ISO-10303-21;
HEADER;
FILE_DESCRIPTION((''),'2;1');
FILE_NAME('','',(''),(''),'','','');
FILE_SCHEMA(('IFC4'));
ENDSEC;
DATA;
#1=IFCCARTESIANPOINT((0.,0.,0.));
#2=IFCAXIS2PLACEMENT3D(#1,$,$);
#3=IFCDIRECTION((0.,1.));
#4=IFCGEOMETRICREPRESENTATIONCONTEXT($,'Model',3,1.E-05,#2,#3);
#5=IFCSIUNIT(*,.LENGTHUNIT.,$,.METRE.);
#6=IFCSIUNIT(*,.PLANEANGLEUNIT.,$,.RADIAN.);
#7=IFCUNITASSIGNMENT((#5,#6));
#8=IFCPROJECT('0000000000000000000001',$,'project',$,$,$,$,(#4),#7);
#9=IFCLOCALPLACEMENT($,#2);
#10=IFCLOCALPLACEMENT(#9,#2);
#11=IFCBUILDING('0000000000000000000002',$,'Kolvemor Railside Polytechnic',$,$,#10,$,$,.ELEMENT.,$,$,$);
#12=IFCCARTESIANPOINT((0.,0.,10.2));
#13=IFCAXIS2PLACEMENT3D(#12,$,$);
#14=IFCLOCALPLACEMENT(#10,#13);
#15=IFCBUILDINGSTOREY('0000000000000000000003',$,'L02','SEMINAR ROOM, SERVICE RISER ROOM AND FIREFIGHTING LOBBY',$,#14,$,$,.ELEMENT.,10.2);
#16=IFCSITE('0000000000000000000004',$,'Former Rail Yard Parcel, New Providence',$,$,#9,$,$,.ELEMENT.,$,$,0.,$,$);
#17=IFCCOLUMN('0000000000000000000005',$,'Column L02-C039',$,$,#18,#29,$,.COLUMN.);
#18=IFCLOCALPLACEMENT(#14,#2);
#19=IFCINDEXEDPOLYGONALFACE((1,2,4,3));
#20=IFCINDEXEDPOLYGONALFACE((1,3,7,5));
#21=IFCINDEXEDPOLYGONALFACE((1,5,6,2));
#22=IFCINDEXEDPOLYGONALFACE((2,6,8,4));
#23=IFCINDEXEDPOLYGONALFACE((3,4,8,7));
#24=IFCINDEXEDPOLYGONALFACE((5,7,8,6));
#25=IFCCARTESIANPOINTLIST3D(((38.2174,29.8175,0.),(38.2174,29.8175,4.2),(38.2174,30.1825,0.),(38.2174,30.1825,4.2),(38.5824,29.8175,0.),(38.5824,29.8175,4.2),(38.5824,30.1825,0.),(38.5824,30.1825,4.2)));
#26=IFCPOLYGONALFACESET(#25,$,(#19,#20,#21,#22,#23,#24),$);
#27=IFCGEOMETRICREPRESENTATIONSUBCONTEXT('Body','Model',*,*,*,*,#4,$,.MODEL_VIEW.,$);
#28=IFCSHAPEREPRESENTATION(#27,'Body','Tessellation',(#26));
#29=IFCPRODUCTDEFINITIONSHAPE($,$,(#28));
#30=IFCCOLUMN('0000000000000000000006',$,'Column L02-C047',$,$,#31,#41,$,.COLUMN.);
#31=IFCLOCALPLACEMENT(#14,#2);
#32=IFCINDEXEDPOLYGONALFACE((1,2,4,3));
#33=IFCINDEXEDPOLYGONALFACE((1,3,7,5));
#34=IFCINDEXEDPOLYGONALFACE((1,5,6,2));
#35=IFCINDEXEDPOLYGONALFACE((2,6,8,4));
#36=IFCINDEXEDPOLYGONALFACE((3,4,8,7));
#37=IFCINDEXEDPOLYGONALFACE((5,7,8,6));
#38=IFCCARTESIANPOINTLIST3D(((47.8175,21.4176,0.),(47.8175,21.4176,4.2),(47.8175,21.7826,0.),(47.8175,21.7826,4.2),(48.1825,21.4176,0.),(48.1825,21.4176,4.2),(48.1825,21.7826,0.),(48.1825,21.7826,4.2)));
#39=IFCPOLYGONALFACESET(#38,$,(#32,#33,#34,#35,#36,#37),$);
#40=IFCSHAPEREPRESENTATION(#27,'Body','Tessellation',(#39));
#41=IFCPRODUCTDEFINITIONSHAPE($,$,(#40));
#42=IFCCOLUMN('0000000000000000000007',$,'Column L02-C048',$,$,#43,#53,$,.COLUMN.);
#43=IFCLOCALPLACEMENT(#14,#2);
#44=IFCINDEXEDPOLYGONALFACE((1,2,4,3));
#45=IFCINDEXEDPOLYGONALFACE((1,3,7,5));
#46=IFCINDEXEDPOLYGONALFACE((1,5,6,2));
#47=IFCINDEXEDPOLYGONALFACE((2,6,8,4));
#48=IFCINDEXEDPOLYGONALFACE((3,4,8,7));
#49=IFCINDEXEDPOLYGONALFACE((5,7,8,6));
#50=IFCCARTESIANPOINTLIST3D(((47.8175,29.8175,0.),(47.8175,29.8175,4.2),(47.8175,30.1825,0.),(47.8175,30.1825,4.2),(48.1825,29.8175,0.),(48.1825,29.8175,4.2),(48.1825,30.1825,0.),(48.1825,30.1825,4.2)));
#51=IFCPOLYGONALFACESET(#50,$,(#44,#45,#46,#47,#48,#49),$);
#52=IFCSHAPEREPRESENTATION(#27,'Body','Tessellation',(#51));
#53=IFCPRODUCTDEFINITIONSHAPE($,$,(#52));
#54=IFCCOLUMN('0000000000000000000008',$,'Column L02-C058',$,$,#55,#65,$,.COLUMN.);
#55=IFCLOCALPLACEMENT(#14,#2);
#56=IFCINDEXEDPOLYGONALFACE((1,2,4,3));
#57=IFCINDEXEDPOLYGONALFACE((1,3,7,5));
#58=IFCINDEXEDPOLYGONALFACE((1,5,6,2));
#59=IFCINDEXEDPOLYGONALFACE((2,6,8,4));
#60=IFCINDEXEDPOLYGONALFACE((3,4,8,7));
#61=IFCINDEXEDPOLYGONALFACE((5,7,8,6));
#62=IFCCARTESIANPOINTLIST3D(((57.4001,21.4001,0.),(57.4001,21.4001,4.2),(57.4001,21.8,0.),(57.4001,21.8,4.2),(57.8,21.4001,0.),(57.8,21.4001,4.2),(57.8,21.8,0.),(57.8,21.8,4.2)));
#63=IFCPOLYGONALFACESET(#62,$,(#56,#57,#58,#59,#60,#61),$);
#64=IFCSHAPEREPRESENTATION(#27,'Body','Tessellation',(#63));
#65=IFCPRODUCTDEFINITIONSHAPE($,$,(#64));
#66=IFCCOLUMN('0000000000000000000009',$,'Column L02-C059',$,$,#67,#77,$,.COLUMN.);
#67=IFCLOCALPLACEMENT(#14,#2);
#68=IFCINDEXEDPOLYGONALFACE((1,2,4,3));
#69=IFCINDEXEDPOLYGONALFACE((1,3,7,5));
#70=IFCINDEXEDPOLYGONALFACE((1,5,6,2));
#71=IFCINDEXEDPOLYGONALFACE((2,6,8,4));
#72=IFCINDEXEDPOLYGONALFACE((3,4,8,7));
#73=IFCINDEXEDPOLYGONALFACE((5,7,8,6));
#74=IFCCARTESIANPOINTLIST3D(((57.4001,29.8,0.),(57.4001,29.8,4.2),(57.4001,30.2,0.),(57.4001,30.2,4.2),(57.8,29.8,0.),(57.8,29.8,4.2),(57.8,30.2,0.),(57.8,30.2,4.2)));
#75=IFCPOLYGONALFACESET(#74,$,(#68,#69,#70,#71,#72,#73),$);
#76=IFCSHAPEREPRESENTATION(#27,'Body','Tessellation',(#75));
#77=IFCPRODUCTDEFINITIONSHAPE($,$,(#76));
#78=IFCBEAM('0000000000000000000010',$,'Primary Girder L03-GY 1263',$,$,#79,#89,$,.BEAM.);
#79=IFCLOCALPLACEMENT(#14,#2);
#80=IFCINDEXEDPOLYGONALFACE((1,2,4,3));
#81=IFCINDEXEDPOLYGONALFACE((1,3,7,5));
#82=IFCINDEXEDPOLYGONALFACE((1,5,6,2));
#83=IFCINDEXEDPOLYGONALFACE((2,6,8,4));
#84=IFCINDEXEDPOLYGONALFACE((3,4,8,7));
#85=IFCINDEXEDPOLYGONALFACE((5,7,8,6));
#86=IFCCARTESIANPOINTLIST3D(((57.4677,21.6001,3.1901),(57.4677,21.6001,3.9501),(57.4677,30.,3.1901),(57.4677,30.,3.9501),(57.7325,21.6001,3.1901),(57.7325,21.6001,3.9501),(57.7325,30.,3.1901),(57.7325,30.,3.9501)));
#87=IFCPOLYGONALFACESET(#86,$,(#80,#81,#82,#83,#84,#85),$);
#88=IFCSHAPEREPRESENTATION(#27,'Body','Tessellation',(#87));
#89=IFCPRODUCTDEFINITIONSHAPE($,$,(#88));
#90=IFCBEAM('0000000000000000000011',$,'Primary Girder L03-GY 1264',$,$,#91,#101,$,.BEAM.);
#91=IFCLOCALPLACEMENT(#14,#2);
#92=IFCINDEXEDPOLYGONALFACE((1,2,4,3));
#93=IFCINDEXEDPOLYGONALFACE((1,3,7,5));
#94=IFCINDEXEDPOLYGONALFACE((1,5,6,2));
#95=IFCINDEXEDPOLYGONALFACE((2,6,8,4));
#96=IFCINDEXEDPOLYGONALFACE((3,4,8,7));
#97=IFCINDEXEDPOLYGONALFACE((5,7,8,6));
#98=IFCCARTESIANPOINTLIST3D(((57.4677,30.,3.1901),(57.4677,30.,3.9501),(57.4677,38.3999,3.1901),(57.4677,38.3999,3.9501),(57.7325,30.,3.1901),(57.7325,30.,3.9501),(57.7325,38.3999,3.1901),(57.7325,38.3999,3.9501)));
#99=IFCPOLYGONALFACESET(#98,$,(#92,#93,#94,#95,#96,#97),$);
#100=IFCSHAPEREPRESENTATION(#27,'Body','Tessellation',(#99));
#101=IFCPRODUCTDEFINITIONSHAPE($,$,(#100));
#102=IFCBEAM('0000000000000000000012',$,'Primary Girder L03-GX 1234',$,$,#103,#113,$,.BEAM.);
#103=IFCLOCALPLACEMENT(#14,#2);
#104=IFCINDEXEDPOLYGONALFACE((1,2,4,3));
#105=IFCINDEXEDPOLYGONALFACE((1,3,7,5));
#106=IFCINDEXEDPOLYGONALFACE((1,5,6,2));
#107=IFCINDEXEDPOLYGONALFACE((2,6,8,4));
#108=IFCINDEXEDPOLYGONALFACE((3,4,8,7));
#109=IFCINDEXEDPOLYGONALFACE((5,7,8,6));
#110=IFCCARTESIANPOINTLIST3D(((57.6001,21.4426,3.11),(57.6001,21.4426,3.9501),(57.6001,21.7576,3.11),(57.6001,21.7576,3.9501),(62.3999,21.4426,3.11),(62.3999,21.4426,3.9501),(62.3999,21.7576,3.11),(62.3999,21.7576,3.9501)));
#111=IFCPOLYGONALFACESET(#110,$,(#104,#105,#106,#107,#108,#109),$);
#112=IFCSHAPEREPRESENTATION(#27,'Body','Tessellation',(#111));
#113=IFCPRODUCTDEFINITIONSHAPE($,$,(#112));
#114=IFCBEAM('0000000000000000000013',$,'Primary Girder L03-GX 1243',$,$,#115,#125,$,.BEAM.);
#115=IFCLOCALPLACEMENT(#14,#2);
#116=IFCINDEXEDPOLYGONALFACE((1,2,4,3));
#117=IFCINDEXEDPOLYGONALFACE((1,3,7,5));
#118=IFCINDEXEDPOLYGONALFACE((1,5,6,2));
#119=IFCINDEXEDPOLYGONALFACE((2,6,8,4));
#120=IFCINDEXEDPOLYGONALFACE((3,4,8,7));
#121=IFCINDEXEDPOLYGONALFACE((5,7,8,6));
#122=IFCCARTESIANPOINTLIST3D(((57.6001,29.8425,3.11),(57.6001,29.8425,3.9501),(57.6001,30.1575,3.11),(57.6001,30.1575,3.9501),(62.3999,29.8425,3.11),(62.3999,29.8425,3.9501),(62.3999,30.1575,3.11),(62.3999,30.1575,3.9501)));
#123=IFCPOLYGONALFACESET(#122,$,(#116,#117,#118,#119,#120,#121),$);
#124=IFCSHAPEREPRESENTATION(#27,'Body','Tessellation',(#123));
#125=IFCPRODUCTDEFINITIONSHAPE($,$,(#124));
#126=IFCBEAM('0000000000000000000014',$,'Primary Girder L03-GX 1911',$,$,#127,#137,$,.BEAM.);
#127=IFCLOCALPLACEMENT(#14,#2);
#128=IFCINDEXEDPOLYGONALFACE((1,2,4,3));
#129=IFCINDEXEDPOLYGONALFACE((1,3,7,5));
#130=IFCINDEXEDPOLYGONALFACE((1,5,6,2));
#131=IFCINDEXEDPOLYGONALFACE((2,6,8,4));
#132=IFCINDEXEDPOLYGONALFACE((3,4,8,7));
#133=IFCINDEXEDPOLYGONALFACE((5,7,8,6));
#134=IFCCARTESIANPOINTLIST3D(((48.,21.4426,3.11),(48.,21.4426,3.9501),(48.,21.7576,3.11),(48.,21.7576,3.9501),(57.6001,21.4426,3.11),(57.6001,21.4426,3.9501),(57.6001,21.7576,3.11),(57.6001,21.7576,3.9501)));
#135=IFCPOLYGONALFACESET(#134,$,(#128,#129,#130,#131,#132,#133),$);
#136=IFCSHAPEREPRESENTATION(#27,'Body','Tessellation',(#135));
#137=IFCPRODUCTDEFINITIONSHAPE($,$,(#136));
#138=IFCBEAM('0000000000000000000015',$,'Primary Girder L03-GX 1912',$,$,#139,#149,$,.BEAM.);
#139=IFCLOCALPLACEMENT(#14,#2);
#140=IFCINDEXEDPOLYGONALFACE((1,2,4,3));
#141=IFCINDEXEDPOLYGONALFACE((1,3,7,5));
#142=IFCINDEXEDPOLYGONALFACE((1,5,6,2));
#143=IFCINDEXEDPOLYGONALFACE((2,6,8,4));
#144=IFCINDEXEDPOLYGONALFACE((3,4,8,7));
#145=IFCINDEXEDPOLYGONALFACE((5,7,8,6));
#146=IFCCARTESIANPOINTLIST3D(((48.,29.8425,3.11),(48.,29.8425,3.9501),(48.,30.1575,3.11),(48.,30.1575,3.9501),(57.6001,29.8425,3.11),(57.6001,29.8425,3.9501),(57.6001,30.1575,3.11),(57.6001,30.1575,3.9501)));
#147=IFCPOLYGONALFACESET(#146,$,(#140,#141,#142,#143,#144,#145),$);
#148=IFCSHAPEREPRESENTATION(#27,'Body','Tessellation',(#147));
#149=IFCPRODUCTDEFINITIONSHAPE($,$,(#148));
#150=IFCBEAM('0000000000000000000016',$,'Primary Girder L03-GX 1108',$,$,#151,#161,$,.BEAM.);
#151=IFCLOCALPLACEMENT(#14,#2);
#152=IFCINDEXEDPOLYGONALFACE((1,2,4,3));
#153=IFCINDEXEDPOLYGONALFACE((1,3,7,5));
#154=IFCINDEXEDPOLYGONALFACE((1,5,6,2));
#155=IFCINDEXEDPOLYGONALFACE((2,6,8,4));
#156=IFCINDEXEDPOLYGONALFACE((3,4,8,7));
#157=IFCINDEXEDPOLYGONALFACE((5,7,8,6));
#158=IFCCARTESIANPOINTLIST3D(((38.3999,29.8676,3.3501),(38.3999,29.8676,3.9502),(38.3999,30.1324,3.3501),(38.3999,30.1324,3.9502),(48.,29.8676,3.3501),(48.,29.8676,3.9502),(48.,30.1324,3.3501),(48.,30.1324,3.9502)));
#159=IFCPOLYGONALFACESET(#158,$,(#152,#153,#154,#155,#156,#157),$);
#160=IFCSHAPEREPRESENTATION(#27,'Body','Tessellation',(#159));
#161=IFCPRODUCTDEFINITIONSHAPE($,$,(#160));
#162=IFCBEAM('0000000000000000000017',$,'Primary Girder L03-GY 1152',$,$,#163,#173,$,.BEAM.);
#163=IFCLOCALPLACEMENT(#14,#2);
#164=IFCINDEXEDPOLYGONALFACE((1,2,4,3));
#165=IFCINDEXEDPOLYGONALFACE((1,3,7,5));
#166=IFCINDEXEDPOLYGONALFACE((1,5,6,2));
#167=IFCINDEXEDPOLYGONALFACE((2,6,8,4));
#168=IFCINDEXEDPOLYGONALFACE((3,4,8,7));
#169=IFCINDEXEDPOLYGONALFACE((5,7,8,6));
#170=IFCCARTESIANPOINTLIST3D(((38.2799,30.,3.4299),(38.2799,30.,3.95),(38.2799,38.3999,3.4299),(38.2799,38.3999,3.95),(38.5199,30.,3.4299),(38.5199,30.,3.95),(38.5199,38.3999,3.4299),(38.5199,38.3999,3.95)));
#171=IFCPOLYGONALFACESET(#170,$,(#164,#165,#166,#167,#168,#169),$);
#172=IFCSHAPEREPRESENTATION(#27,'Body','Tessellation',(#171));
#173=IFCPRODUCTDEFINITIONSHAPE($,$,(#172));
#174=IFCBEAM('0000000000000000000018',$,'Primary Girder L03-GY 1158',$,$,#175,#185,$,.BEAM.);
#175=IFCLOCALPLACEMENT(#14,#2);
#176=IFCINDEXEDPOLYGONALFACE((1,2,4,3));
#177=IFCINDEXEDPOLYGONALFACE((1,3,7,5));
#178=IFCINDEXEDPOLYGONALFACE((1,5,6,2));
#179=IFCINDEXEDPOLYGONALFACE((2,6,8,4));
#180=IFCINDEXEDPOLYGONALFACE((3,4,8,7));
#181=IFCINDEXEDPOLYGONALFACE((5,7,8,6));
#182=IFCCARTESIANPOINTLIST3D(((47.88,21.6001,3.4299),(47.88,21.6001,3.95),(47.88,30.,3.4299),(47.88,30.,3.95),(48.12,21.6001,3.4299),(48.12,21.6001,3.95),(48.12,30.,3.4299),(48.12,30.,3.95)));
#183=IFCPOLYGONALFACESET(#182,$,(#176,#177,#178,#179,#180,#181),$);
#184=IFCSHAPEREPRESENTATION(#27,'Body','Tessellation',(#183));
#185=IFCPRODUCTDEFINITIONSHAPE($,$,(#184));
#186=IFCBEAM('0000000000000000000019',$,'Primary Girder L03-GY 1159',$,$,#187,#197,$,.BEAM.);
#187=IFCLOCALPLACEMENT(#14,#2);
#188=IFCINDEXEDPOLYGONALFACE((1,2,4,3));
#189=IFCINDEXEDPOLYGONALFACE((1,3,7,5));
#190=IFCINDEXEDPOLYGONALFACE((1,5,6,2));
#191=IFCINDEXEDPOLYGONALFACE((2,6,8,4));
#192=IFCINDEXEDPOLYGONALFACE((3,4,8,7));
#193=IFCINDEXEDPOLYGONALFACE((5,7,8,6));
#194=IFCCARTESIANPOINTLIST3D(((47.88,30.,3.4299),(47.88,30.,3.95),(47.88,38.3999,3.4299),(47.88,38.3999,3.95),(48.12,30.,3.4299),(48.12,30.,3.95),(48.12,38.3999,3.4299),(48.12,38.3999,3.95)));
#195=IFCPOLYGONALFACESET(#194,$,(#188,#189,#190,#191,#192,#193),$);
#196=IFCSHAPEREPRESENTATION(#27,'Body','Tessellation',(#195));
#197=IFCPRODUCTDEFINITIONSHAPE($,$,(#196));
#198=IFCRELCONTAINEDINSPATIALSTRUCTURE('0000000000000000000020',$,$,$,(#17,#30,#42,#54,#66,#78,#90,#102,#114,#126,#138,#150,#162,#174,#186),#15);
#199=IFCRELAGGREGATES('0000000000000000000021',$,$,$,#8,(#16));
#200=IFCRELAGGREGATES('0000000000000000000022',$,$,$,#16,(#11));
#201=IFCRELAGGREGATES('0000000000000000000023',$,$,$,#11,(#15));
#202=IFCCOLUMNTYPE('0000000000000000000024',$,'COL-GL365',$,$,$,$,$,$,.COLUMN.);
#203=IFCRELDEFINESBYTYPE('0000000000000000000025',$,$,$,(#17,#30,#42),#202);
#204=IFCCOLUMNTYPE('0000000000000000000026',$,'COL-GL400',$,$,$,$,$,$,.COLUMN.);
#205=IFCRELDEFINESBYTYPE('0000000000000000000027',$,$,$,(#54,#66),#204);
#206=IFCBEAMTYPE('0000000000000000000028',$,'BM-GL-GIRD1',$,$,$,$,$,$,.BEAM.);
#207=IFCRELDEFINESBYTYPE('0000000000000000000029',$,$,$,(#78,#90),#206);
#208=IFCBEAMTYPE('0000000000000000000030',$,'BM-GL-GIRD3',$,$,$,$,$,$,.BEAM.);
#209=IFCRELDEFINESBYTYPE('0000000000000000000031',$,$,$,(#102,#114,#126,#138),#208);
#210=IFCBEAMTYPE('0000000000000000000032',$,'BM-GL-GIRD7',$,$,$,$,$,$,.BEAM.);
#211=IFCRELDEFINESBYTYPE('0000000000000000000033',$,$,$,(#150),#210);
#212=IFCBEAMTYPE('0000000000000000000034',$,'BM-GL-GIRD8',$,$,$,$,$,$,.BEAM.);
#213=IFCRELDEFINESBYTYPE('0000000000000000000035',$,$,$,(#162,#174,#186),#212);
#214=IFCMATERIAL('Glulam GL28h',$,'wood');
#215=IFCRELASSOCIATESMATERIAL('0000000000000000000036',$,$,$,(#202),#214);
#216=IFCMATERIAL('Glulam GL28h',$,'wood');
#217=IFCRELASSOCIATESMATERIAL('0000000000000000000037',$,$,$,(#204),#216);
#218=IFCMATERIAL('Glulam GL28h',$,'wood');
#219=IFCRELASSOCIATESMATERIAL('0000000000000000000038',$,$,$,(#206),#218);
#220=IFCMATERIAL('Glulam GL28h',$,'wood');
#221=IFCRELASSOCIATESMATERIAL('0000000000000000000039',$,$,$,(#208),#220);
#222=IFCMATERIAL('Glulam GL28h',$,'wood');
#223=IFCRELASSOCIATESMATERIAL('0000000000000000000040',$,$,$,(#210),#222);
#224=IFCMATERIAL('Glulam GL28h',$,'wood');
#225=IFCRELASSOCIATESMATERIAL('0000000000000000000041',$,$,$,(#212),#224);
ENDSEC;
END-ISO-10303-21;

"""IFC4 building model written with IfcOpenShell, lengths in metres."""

from ifc_helpers import new_model, si_unit, direction, frame, origin, origin_2d, place, context, subcontext, project, spatial, rectangle, extrude, material, material_profile, profile_set, type_object, element, save


model = new_model("IFC4")

# Units and contexts
model_context = context("Model", 3, precision=1e-05, world=origin(), true_north=direction((0.0, 1.0)))
body_context = subcontext(model_context, "Body", "Model", "MODEL_VIEW")
ifc_project = project(units=[si_unit("LENGTHUNIT", "METRE"), si_unit("PLANEANGLEUNIT", "RADIAN")], contexts=[model_context])

# Site, building, storey
site_placement = place(None, origin())
site = spatial("IfcSite", under=ifc_project, at=site_placement, Name="Former Rail Yard Parcel, New Providence", CompositionType="ELEMENT", RefElevation=0.0)
building_placement = place(site_placement, origin())
building = spatial("IfcBuilding", under=site, at=building_placement, Name="Kolvemor Railside Polytechnic", CompositionType="ELEMENT")
storey_placement = place(building_placement, frame((0.0, 0.0, 10.2)))
storey = spatial("IfcBuildingStorey", under=building, at=storey_placement, Name="L02", Description="SEMINAR ROOM, SERVICE RISER ROOM AND FIREFIGHTING LOBBY", CompositionType="ELEMENT", Elevation=10.2)

# Columns
ifc_material_1 = material(Name="Glulam GL28h", Category="wood")
ifc_material_profile_1 = material_profile(ifc_material_1, rectangle(XDim=0.365, YDim=0.365, at=origin_2d()), Name="GL365x365")
ifc_profile_set_1 = profile_set([ifc_material_profile_1], Name="Glulam GL28h")
column_type_1 = type_object("IfcColumnType", Name="COL-GL365", PredefinedType="COLUMN", material=ifc_profile_set_1)
for number, where, z_axis, x_axis, name in (
    (1, (38.3999, 30.0, 0.0), (0.0, 0.0, 1.0), (1.0, 0.0, 0.0), "Column L02-C039"),
    (2, (48.0, 21.6001, 0.0), (0.0, 0.0, 1.0), (1.0, 0.0, 0.0), "Column L02-C047"),
    (3, (48.0, 30.0, 0.0), (0.0, 0.0, 1.0), (1.0, 0.0, 0.0), "Column L02-C048"),
):
    element("IfcColumn", number, at=place(storey_placement, frame(where, z_axis=z_axis, x_axis=x_axis)), inside=storey, type_object=column_type_1, Name=name, PredefinedType="COLUMN", context=body_context, shape_type="SweptSolid", body=[
        extrude(rectangle(XDim=0.365, YDim=0.365, at=origin_2d()), origin(), (0.0, 0.0, 1.0), 4.2),
    ])
ifc_material_2 = material(Name="Glulam GL28h", Category="wood")
ifc_material_profile_2 = material_profile(ifc_material_2, rectangle(XDim=0.3999, YDim=0.3999, at=origin_2d()), Name="GL400x400")
ifc_profile_set_2 = profile_set([ifc_material_profile_2], Name="Glulam GL28h")
column_type_2 = type_object("IfcColumnType", Name="COL-GL400", PredefinedType="COLUMN", material=ifc_profile_set_2)
for number, where, z_axis, x_axis, name in (
    (4, (57.6001, 21.6001, 0.0), (0.0, 0.0, 1.0), (1.0, 0.0, 0.0), "Column L02-C058"),
    (5, (57.6001, 30.0, 0.0), (0.0, 0.0, 1.0), (1.0, 0.0, 0.0), "Column L02-C059"),
):
    element("IfcColumn", number, at=place(storey_placement, frame(where, z_axis=z_axis, x_axis=x_axis)), inside=storey, type_object=column_type_2, Name=name, PredefinedType="COLUMN", context=body_context, shape_type="SweptSolid", body=[
        extrude(rectangle(XDim=0.3999, YDim=0.3999, at=origin_2d()), origin(), (0.0, 0.0, 1.0), 4.2),
    ])

# Beams
ifc_material_3 = material(Name="Glulam GL28h", Category="wood")
ifc_material_profile_3 = material_profile(ifc_material_3, rectangle(XDim=0.2649, YDim=0.76, at=origin_2d()), Name="GL265x760")
ifc_profile_set_3 = profile_set([ifc_material_profile_3], Name="Glulam GL28h")
beam_type_1 = type_object("IfcBeamType", Name="BM-GL-GIRD1", PredefinedType="BEAM", material=ifc_profile_set_3)
for number, where, z_axis, x_axis, name in (
    (6, (57.6001, 21.6001, 3.5701), (0.0, 1.0, 0.0), (-1.0, 0.0, 0.0), "Primary Girder L03-GY 1263"),
    (7, (57.6001, 30.0, 3.5701), (0.0, 1.0, 0.0), (-1.0, 0.0, 0.0), "Primary Girder L03-GY 1264"),
):
    element("IfcBeam", number, at=place(storey_placement, frame(where, z_axis=z_axis, x_axis=x_axis)), inside=storey, type_object=beam_type_1, Name=name, PredefinedType="BEAM", context=body_context, shape_type="SweptSolid", body=[
        extrude(rectangle(XDim=0.2649, YDim=0.76, at=origin_2d()), origin(), (0.0, 0.0, 1.0), 8.3999),
    ])
ifc_material_4 = material(Name="Glulam GL28h", Category="wood")
ifc_material_profile_4 = material_profile(ifc_material_4, rectangle(XDim=0.3149, YDim=0.8401, at=origin_2d()), Name="GL315x840")
ifc_profile_set_4 = profile_set([ifc_material_profile_4], Name="Glulam GL28h")
beam_type_2 = type_object("IfcBeamType", Name="BM-GL-GIRD3", PredefinedType="BEAM", material=ifc_profile_set_4)
for number, where, z_axis, x_axis, name in (
    (8, (57.6001, 21.6001, 3.53), (1.0, 0.0, 0.0), (0.0, 1.0, 0.0), "Primary Girder L03-GX 1234"),
    (9, (57.6001, 30.0, 3.53), (1.0, 0.0, 0.0), (0.0, 1.0, 0.0), "Primary Girder L03-GX 1243"),
):
    element("IfcBeam", number, at=place(storey_placement, frame(where, z_axis=z_axis, x_axis=x_axis)), inside=storey, type_object=beam_type_2, Name=name, PredefinedType="BEAM", context=body_context, shape_type="SweptSolid", body=[
        extrude(rectangle(XDim=0.3149, YDim=0.8401, at=origin_2d()), origin(), (0.0, 0.0, 1.0), 4.7998),
    ])
for number, where, z_axis, x_axis, name in (
    (10, (48.0, 21.6001, 3.53), (1.0, 0.0, 0.0), (0.0, 1.0, 0.0), "Primary Girder L03-GX 1911"),
    (11, (48.0, 30.0, 3.53), (1.0, 0.0, 0.0), (0.0, 1.0, 0.0), "Primary Girder L03-GX 1912"),
):
    element("IfcBeam", number, at=place(storey_placement, frame(where, z_axis=z_axis, x_axis=x_axis)), inside=storey, type_object=beam_type_2, Name=name, PredefinedType="BEAM", context=body_context, shape_type="SweptSolid", body=[
        extrude(rectangle(XDim=0.3149, YDim=0.8401, at=origin_2d()), origin(), (0.0, 0.0, 1.0), 9.6001),
    ])
ifc_material_5 = material(Name="Glulam GL28h", Category="wood")
ifc_material_profile_5 = material_profile(ifc_material_5, rectangle(XDim=0.2649, YDim=0.6001, at=origin_2d()), Name="GL265x600")
ifc_profile_set_5 = profile_set([ifc_material_profile_5], Name="Glulam GL28h")
beam_type_3 = type_object("IfcBeamType", Name="BM-GL-GIRD7", PredefinedType="BEAM", material=ifc_profile_set_5)
beam_1_placement = place(storey_placement, frame((38.3999, 30.0, 3.6501), z_axis=(1.0, 0.0, 0.0), x_axis=(0.0, 1.0, 0.0)))
element("IfcBeam", 12, at=beam_1_placement, inside=storey, type_object=beam_type_3, Name="Primary Girder L03-GX 1108", PredefinedType="BEAM", context=body_context, shape_type="SweptSolid", body=[
    extrude(rectangle(XDim=0.2649, YDim=0.6001, at=origin_2d()), origin(), (0.0, 0.0, 1.0), 9.6001),
])
ifc_material_6 = material(Name="Glulam GL28h", Category="wood")
ifc_material_profile_6 = material_profile(ifc_material_6, rectangle(XDim=0.24, YDim=0.52, at=origin_2d()), Name="GL240x520")
ifc_profile_set_6 = profile_set([ifc_material_profile_6], Name="Glulam GL28h")
beam_type_4 = type_object("IfcBeamType", Name="BM-GL-GIRD8", PredefinedType="BEAM", material=ifc_profile_set_6)
for number, where, z_axis, x_axis, name in (
    (13, (38.3999, 30.0, 3.6899), (0.0, 1.0, 0.0), (-1.0, 0.0, 0.0), "Primary Girder L03-GY 1152"),
    (14, (48.0, 21.6001, 3.6899), (0.0, 1.0, 0.0), (-1.0, 0.0, 0.0), "Primary Girder L03-GY 1158"),
    (15, (48.0, 30.0, 3.6899), (0.0, 1.0, 0.0), (-1.0, 0.0, 0.0), "Primary Girder L03-GY 1159"),
):
    element("IfcBeam", number, at=place(storey_placement, frame(where, z_axis=z_axis, x_axis=x_axis)), inside=storey, type_object=beam_type_4, Name=name, PredefinedType="BEAM", context=body_context, shape_type="SweptSolid", body=[
        extrude(rectangle(XDim=0.24, YDim=0.52, at=origin_2d()), origin(), (0.0, 0.0, 1.0), 8.3999),
    ])

save(model, "model.ifc")
